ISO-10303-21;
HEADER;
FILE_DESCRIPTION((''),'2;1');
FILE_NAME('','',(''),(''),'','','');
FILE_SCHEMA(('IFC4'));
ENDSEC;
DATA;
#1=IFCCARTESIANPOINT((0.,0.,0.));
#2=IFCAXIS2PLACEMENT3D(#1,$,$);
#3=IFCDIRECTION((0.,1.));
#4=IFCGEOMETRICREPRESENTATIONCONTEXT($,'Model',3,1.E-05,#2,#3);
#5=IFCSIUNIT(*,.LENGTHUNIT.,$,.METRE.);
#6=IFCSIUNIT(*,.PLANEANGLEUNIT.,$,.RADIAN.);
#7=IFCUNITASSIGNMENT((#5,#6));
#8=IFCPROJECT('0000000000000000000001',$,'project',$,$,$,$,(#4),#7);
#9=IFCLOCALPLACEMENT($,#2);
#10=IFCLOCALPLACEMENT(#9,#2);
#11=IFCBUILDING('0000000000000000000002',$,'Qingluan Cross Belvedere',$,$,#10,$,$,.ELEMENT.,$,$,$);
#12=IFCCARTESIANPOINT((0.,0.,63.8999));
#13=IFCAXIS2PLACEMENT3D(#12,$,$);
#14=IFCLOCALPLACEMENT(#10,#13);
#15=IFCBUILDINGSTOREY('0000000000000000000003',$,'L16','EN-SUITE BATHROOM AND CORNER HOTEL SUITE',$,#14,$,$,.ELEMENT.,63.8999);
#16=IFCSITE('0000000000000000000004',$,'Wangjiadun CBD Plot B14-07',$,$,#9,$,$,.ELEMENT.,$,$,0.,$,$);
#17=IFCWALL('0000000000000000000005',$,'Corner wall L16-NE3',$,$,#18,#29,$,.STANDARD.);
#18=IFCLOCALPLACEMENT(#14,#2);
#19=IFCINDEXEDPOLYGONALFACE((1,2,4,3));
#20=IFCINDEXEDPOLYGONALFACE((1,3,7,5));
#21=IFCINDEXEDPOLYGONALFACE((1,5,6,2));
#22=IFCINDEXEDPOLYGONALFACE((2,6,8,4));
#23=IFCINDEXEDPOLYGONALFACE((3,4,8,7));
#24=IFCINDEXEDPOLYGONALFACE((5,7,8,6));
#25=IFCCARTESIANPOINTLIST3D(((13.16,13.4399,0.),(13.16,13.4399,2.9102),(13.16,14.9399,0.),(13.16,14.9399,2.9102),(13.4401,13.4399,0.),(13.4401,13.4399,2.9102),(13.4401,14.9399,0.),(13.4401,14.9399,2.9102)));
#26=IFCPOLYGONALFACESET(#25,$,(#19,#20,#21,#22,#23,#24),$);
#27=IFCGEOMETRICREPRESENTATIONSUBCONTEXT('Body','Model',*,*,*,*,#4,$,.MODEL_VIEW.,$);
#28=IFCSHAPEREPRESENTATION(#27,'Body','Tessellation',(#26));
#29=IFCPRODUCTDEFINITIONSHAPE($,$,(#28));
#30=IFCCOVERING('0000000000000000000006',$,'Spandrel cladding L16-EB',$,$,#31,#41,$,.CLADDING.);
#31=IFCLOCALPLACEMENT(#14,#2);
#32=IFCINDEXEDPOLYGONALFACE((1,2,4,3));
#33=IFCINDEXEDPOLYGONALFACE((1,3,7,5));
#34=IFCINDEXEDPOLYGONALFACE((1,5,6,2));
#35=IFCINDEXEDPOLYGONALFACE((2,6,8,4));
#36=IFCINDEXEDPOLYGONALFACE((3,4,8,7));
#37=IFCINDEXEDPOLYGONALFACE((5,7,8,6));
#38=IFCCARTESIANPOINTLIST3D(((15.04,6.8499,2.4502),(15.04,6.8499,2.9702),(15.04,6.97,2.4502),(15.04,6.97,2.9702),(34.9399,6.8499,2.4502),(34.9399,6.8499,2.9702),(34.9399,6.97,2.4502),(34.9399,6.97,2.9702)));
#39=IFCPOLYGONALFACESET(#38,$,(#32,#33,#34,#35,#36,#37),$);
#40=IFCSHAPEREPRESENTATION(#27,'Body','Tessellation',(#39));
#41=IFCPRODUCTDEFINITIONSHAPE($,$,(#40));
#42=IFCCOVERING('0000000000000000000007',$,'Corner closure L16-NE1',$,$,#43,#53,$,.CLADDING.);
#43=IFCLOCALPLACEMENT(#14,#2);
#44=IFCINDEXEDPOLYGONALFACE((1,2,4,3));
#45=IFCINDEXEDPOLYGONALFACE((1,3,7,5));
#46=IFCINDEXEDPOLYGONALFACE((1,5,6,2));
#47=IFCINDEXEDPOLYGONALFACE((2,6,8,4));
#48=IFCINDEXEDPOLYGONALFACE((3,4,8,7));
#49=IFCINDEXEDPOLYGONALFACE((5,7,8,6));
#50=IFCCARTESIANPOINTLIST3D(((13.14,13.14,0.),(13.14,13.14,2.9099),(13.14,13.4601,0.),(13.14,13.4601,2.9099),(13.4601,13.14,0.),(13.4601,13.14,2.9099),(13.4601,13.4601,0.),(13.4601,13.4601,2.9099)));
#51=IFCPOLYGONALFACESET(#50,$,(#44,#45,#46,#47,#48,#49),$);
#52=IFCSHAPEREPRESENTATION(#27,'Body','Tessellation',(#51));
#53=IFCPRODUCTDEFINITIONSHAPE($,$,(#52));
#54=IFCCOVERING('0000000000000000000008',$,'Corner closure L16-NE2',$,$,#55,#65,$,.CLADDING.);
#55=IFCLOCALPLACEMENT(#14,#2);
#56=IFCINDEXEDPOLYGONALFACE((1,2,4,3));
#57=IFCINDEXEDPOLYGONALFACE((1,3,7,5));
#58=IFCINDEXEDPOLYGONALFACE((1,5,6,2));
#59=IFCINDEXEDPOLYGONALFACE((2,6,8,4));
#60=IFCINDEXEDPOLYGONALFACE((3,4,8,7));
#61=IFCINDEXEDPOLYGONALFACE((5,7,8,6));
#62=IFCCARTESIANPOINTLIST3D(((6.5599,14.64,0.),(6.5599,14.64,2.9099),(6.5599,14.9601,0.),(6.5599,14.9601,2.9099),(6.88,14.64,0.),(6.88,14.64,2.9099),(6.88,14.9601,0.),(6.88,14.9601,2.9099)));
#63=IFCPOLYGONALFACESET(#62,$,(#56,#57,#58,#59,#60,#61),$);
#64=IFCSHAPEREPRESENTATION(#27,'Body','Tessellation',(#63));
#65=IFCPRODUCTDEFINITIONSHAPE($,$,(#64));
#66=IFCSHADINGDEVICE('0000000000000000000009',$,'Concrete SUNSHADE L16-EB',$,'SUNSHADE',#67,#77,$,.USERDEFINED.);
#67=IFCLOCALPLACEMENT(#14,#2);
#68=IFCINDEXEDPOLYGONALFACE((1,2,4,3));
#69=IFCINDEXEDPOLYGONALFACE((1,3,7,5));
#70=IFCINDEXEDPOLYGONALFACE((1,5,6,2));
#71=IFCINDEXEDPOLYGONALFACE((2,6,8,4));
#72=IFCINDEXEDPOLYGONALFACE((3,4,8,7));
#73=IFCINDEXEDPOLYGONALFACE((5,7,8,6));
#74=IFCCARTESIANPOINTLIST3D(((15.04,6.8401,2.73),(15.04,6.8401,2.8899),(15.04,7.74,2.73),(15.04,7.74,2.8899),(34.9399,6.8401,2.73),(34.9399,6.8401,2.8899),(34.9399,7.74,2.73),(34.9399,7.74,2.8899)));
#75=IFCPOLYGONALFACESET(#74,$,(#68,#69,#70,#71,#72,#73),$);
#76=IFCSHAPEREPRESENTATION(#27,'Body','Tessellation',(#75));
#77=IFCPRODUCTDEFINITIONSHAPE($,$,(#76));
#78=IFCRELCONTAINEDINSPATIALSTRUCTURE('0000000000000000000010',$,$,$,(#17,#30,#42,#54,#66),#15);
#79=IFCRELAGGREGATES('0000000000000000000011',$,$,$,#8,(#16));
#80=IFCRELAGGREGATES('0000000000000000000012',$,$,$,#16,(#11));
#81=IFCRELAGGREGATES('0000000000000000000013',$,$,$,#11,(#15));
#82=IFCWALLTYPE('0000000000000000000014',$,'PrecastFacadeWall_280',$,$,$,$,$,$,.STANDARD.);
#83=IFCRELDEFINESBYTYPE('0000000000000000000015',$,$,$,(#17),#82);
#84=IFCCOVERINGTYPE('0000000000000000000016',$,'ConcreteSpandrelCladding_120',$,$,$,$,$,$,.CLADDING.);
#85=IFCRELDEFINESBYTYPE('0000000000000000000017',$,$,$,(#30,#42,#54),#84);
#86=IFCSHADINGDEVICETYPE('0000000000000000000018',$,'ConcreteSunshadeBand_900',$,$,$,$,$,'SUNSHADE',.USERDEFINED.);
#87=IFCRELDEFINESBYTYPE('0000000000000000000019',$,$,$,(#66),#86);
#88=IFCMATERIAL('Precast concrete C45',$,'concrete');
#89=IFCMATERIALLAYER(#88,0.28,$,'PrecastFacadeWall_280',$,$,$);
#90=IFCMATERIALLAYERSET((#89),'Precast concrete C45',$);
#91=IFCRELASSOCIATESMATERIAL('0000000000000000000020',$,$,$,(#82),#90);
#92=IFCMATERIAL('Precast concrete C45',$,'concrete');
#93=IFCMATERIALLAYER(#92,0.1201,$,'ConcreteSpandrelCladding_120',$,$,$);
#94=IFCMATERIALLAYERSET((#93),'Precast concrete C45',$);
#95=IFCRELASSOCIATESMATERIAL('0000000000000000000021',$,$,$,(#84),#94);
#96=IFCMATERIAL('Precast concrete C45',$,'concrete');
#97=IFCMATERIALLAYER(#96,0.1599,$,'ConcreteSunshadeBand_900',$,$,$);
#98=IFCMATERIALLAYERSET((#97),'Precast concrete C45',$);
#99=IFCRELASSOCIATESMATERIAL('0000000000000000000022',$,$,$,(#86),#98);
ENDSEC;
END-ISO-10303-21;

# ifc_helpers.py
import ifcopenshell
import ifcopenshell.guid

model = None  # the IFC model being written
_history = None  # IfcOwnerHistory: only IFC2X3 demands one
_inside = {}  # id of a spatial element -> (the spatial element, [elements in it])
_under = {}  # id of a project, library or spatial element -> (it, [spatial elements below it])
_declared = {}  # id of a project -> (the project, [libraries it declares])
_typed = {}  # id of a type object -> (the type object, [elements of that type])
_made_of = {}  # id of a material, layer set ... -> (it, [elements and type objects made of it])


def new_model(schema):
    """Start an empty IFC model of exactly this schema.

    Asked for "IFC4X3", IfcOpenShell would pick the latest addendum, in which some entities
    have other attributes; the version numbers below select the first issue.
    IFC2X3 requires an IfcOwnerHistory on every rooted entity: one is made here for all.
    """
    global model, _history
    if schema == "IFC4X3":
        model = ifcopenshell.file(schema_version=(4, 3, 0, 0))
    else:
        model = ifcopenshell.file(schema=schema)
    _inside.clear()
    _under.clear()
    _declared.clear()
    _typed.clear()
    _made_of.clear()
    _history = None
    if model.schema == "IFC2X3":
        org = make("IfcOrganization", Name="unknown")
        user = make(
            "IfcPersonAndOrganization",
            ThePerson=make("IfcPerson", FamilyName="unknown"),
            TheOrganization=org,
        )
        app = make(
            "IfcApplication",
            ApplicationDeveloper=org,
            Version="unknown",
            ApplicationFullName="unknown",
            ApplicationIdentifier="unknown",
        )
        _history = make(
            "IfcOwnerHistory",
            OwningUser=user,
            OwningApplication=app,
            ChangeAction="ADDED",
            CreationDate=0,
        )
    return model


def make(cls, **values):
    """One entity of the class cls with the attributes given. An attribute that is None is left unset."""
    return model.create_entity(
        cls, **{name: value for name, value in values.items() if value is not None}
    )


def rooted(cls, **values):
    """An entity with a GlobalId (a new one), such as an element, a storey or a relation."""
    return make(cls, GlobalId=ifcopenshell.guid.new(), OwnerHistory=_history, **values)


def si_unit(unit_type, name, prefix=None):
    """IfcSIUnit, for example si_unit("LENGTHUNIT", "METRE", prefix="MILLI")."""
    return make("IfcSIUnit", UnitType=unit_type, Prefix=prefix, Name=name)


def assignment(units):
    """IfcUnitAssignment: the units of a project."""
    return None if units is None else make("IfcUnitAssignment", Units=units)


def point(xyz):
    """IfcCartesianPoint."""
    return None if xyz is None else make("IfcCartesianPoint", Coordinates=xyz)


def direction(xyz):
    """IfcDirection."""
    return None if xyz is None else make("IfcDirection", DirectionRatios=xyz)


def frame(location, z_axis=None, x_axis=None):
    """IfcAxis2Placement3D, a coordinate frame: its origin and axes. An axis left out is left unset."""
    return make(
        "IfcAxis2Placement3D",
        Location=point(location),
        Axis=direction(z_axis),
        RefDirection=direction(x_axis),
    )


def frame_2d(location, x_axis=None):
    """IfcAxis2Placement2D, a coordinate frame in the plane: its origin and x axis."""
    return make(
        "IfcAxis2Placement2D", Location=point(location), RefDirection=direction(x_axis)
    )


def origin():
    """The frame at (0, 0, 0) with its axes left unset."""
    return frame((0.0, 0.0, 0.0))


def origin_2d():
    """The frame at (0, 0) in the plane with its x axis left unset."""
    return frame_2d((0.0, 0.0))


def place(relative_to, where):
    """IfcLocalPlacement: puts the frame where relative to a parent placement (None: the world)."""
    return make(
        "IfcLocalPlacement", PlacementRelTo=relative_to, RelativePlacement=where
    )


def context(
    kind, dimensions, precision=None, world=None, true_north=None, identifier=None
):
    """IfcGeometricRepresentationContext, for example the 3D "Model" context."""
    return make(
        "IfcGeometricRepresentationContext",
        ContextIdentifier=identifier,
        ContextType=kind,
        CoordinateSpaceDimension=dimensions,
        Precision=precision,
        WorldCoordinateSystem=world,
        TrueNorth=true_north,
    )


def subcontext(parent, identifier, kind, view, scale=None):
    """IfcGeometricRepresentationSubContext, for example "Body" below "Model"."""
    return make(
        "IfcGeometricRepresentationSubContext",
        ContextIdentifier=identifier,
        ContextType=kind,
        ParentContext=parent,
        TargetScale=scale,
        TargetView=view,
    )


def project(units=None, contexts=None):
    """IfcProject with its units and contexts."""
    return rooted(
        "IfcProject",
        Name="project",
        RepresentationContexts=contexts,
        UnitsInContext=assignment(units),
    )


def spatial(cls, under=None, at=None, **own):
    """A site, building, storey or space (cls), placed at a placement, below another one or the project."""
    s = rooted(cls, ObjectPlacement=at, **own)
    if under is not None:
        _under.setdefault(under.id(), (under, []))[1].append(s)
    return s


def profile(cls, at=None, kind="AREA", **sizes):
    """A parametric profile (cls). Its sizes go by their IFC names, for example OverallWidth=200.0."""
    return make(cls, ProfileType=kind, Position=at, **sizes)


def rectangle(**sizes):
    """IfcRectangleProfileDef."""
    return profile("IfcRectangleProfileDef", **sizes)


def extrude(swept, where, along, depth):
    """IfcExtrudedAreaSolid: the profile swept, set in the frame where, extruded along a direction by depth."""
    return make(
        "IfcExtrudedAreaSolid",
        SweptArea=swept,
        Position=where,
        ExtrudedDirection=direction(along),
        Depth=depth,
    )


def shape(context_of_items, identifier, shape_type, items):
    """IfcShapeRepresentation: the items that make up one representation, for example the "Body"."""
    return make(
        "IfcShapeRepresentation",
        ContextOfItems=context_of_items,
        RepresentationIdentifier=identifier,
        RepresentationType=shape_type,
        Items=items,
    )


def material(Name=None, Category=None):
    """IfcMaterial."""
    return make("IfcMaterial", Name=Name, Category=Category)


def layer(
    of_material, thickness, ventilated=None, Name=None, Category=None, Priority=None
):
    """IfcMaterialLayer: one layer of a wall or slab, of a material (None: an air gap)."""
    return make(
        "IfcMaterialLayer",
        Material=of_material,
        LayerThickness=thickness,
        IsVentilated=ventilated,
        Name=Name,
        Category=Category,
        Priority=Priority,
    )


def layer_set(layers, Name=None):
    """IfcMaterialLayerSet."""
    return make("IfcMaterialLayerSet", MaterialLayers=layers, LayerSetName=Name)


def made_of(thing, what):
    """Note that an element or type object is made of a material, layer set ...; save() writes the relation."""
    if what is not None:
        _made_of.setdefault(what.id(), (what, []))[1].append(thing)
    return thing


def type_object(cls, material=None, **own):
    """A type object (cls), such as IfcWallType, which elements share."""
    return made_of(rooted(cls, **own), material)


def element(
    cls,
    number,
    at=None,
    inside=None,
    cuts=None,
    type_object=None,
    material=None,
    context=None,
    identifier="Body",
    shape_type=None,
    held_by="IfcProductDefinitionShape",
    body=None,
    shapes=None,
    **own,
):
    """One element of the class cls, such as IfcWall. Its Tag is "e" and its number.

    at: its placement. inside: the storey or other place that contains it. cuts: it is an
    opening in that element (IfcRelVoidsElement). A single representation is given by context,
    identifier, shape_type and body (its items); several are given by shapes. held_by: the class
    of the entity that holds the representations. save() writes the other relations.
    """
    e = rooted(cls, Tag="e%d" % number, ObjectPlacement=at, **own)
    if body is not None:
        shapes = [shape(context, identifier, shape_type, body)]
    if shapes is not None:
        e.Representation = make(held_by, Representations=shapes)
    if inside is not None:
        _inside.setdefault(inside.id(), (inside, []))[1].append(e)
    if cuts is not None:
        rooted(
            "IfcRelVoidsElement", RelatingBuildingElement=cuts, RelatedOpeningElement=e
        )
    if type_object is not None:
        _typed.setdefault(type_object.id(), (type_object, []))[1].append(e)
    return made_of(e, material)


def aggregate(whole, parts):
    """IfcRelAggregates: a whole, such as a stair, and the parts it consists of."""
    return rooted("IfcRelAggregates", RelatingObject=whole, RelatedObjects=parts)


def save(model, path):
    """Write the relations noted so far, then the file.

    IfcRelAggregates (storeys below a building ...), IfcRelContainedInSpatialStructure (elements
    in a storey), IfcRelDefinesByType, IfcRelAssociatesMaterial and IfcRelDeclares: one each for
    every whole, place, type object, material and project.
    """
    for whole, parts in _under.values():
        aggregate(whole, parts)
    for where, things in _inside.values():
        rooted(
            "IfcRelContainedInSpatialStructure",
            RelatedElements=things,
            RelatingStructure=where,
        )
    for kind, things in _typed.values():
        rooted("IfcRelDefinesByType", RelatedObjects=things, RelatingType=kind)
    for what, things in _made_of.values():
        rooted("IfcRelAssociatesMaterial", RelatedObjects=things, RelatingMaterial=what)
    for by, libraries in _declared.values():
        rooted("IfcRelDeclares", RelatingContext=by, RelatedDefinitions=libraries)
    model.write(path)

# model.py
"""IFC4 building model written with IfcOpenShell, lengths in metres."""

from ifc_helpers import new_model, si_unit, direction, frame, frame_2d, origin, origin_2d, place, context, subcontext, project, spatial, rectangle, extrude, material, layer, layer_set, type_object, element, save


model = new_model("IFC4")

# Units and contexts
model_context = context("Model", 3, precision=1e-05, world=origin(), true_north=direction((0.0, 1.0)))
body_context = subcontext(model_context, "Body", "Model", "MODEL_VIEW")
ifc_project = project(units=[si_unit("LENGTHUNIT", "METRE"), si_unit("PLANEANGLEUNIT", "RADIAN")], contexts=[model_context])

# Site, building, storey
site_placement = place(None, origin())
site = spatial("IfcSite", under=ifc_project, at=site_placement, Name="Wangjiadun CBD Plot B14-07", CompositionType="ELEMENT", RefElevation=0.0)
building_placement = place(site_placement, origin())
building = spatial("IfcBuilding", under=site, at=building_placement, Name="Qingluan Cross Belvedere", CompositionType="ELEMENT")
storey_placement = place(building_placement, frame((0.0, 0.0, 63.8999)))
storey = spatial("IfcBuildingStorey", under=building, at=storey_placement, Name="L16", Description="EN-SUITE BATHROOM AND CORNER HOTEL SUITE", CompositionType="ELEMENT", Elevation=63.8999)

# Wall
ifc_material_1 = material(Name="Precast concrete C45", Category="concrete")
ifc_layer_1 = layer(ifc_material_1, 0.28, Name="PrecastFacadeWall_280")
ifc_layer_set_1 = layer_set([ifc_layer_1], Name="Precast concrete C45")
wall_type_1 = type_object("IfcWallType", Name="PrecastFacadeWall_280", PredefinedType="STANDARD", material=ifc_layer_set_1)
wall_1_placement = place(storey_placement, frame((13.3, 13.4399, 0.0), z_axis=(0.0, 0.0, 1.0), x_axis=(0.0, 1.0, 0.0)))
element("IfcWall", 1, at=wall_1_placement, inside=storey, type_object=wall_type_1, Name="Corner wall L16-NE3", PredefinedType="STANDARD", context=body_context, shape_type="SweptSolid", body=[
    extrude(rectangle(XDim=1.5, YDim=0.28, at=frame_2d((0.75, 0.0))), origin(), (0.0, 0.0, 1.0), 2.9102),
])

# Coverings
ifc_material_2 = material(Name="Precast concrete C45", Category="concrete")
ifc_layer_2 = layer(ifc_material_2, 0.1201, Name="ConcreteSpandrelCladding_120")
ifc_layer_set_2 = layer_set([ifc_layer_2], Name="Precast concrete C45")
covering_type = type_object("IfcCoveringType", Name="ConcreteSpandrelCladding_120", PredefinedType="CLADDING", material=ifc_layer_set_2)
covering_placement = place(storey_placement, frame((24.99, 6.9099, 2.4502), z_axis=(0.0, 0.0, 1.0), x_axis=(-1.0, 0.0, 0.0)))
element("IfcCovering", 2, at=covering_placement, inside=storey, type_object=covering_type, Name="Spandrel cladding L16-EB", PredefinedType="CLADDING", context=body_context, shape_type="SweptSolid", body=[
    extrude(rectangle(XDim=19.8999, YDim=0.1201, at=origin_2d()), origin(), (0.0, 0.0, 1.0), 0.52),
])
for number, where, z_axis, x_axis, name in (
    (3, (13.3, 13.3, 0.0), (0.0, 0.0, 1.0), (1.0, 0.0, 0.0), "Corner closure L16-NE1"),
    (4, (6.72, 14.8, 0.0), (0.0, 0.0, 1.0), (1.0, 0.0, 0.0), "Corner closure L16-NE2"),
):
    element("IfcCovering", number, at=place(storey_placement, frame(where, z_axis=z_axis, x_axis=x_axis)), inside=storey, type_object=covering_type, Name=name, PredefinedType="CLADDING", context=body_context, shape_type="SweptSolid", body=[
        extrude(rectangle(XDim=0.3201, YDim=0.3201, at=origin_2d()), origin(), (0.0, 0.0, 1.0), 2.9099),
    ])

# Shading device
ifc_material_3 = material(Name="Precast concrete C45", Category="concrete")
ifc_layer_3 = layer(ifc_material_3, 0.1599, Name="ConcreteSunshadeBand_900")
ifc_layer_set_3 = layer_set([ifc_layer_3], Name="Precast concrete C45")
shading_device_type = type_object("IfcShadingDeviceType", Name="ConcreteSunshadeBand_900", ElementType="SUNSHADE", PredefinedType="USERDEFINED", material=ifc_layer_set_3)
shading_device_placement = place(storey_placement, frame((24.99, 7.29, 2.73), z_axis=(0.0, 0.0, 1.0), x_axis=(-1.0, 0.0, 0.0)))
element("IfcShadingDevice", 5, at=shading_device_placement, inside=storey, type_object=shading_device_type, Name="Concrete SUNSHADE L16-EB", ObjectType="SUNSHADE", PredefinedType="USERDEFINED", context=body_context, shape_type="SweptSolid", body=[
    extrude(rectangle(XDim=19.8999, YDim=0.8999, at=origin_2d()), origin(), (0.0, 0.0, 1.0), 0.1599),
])

save(model, "model.ifc")
